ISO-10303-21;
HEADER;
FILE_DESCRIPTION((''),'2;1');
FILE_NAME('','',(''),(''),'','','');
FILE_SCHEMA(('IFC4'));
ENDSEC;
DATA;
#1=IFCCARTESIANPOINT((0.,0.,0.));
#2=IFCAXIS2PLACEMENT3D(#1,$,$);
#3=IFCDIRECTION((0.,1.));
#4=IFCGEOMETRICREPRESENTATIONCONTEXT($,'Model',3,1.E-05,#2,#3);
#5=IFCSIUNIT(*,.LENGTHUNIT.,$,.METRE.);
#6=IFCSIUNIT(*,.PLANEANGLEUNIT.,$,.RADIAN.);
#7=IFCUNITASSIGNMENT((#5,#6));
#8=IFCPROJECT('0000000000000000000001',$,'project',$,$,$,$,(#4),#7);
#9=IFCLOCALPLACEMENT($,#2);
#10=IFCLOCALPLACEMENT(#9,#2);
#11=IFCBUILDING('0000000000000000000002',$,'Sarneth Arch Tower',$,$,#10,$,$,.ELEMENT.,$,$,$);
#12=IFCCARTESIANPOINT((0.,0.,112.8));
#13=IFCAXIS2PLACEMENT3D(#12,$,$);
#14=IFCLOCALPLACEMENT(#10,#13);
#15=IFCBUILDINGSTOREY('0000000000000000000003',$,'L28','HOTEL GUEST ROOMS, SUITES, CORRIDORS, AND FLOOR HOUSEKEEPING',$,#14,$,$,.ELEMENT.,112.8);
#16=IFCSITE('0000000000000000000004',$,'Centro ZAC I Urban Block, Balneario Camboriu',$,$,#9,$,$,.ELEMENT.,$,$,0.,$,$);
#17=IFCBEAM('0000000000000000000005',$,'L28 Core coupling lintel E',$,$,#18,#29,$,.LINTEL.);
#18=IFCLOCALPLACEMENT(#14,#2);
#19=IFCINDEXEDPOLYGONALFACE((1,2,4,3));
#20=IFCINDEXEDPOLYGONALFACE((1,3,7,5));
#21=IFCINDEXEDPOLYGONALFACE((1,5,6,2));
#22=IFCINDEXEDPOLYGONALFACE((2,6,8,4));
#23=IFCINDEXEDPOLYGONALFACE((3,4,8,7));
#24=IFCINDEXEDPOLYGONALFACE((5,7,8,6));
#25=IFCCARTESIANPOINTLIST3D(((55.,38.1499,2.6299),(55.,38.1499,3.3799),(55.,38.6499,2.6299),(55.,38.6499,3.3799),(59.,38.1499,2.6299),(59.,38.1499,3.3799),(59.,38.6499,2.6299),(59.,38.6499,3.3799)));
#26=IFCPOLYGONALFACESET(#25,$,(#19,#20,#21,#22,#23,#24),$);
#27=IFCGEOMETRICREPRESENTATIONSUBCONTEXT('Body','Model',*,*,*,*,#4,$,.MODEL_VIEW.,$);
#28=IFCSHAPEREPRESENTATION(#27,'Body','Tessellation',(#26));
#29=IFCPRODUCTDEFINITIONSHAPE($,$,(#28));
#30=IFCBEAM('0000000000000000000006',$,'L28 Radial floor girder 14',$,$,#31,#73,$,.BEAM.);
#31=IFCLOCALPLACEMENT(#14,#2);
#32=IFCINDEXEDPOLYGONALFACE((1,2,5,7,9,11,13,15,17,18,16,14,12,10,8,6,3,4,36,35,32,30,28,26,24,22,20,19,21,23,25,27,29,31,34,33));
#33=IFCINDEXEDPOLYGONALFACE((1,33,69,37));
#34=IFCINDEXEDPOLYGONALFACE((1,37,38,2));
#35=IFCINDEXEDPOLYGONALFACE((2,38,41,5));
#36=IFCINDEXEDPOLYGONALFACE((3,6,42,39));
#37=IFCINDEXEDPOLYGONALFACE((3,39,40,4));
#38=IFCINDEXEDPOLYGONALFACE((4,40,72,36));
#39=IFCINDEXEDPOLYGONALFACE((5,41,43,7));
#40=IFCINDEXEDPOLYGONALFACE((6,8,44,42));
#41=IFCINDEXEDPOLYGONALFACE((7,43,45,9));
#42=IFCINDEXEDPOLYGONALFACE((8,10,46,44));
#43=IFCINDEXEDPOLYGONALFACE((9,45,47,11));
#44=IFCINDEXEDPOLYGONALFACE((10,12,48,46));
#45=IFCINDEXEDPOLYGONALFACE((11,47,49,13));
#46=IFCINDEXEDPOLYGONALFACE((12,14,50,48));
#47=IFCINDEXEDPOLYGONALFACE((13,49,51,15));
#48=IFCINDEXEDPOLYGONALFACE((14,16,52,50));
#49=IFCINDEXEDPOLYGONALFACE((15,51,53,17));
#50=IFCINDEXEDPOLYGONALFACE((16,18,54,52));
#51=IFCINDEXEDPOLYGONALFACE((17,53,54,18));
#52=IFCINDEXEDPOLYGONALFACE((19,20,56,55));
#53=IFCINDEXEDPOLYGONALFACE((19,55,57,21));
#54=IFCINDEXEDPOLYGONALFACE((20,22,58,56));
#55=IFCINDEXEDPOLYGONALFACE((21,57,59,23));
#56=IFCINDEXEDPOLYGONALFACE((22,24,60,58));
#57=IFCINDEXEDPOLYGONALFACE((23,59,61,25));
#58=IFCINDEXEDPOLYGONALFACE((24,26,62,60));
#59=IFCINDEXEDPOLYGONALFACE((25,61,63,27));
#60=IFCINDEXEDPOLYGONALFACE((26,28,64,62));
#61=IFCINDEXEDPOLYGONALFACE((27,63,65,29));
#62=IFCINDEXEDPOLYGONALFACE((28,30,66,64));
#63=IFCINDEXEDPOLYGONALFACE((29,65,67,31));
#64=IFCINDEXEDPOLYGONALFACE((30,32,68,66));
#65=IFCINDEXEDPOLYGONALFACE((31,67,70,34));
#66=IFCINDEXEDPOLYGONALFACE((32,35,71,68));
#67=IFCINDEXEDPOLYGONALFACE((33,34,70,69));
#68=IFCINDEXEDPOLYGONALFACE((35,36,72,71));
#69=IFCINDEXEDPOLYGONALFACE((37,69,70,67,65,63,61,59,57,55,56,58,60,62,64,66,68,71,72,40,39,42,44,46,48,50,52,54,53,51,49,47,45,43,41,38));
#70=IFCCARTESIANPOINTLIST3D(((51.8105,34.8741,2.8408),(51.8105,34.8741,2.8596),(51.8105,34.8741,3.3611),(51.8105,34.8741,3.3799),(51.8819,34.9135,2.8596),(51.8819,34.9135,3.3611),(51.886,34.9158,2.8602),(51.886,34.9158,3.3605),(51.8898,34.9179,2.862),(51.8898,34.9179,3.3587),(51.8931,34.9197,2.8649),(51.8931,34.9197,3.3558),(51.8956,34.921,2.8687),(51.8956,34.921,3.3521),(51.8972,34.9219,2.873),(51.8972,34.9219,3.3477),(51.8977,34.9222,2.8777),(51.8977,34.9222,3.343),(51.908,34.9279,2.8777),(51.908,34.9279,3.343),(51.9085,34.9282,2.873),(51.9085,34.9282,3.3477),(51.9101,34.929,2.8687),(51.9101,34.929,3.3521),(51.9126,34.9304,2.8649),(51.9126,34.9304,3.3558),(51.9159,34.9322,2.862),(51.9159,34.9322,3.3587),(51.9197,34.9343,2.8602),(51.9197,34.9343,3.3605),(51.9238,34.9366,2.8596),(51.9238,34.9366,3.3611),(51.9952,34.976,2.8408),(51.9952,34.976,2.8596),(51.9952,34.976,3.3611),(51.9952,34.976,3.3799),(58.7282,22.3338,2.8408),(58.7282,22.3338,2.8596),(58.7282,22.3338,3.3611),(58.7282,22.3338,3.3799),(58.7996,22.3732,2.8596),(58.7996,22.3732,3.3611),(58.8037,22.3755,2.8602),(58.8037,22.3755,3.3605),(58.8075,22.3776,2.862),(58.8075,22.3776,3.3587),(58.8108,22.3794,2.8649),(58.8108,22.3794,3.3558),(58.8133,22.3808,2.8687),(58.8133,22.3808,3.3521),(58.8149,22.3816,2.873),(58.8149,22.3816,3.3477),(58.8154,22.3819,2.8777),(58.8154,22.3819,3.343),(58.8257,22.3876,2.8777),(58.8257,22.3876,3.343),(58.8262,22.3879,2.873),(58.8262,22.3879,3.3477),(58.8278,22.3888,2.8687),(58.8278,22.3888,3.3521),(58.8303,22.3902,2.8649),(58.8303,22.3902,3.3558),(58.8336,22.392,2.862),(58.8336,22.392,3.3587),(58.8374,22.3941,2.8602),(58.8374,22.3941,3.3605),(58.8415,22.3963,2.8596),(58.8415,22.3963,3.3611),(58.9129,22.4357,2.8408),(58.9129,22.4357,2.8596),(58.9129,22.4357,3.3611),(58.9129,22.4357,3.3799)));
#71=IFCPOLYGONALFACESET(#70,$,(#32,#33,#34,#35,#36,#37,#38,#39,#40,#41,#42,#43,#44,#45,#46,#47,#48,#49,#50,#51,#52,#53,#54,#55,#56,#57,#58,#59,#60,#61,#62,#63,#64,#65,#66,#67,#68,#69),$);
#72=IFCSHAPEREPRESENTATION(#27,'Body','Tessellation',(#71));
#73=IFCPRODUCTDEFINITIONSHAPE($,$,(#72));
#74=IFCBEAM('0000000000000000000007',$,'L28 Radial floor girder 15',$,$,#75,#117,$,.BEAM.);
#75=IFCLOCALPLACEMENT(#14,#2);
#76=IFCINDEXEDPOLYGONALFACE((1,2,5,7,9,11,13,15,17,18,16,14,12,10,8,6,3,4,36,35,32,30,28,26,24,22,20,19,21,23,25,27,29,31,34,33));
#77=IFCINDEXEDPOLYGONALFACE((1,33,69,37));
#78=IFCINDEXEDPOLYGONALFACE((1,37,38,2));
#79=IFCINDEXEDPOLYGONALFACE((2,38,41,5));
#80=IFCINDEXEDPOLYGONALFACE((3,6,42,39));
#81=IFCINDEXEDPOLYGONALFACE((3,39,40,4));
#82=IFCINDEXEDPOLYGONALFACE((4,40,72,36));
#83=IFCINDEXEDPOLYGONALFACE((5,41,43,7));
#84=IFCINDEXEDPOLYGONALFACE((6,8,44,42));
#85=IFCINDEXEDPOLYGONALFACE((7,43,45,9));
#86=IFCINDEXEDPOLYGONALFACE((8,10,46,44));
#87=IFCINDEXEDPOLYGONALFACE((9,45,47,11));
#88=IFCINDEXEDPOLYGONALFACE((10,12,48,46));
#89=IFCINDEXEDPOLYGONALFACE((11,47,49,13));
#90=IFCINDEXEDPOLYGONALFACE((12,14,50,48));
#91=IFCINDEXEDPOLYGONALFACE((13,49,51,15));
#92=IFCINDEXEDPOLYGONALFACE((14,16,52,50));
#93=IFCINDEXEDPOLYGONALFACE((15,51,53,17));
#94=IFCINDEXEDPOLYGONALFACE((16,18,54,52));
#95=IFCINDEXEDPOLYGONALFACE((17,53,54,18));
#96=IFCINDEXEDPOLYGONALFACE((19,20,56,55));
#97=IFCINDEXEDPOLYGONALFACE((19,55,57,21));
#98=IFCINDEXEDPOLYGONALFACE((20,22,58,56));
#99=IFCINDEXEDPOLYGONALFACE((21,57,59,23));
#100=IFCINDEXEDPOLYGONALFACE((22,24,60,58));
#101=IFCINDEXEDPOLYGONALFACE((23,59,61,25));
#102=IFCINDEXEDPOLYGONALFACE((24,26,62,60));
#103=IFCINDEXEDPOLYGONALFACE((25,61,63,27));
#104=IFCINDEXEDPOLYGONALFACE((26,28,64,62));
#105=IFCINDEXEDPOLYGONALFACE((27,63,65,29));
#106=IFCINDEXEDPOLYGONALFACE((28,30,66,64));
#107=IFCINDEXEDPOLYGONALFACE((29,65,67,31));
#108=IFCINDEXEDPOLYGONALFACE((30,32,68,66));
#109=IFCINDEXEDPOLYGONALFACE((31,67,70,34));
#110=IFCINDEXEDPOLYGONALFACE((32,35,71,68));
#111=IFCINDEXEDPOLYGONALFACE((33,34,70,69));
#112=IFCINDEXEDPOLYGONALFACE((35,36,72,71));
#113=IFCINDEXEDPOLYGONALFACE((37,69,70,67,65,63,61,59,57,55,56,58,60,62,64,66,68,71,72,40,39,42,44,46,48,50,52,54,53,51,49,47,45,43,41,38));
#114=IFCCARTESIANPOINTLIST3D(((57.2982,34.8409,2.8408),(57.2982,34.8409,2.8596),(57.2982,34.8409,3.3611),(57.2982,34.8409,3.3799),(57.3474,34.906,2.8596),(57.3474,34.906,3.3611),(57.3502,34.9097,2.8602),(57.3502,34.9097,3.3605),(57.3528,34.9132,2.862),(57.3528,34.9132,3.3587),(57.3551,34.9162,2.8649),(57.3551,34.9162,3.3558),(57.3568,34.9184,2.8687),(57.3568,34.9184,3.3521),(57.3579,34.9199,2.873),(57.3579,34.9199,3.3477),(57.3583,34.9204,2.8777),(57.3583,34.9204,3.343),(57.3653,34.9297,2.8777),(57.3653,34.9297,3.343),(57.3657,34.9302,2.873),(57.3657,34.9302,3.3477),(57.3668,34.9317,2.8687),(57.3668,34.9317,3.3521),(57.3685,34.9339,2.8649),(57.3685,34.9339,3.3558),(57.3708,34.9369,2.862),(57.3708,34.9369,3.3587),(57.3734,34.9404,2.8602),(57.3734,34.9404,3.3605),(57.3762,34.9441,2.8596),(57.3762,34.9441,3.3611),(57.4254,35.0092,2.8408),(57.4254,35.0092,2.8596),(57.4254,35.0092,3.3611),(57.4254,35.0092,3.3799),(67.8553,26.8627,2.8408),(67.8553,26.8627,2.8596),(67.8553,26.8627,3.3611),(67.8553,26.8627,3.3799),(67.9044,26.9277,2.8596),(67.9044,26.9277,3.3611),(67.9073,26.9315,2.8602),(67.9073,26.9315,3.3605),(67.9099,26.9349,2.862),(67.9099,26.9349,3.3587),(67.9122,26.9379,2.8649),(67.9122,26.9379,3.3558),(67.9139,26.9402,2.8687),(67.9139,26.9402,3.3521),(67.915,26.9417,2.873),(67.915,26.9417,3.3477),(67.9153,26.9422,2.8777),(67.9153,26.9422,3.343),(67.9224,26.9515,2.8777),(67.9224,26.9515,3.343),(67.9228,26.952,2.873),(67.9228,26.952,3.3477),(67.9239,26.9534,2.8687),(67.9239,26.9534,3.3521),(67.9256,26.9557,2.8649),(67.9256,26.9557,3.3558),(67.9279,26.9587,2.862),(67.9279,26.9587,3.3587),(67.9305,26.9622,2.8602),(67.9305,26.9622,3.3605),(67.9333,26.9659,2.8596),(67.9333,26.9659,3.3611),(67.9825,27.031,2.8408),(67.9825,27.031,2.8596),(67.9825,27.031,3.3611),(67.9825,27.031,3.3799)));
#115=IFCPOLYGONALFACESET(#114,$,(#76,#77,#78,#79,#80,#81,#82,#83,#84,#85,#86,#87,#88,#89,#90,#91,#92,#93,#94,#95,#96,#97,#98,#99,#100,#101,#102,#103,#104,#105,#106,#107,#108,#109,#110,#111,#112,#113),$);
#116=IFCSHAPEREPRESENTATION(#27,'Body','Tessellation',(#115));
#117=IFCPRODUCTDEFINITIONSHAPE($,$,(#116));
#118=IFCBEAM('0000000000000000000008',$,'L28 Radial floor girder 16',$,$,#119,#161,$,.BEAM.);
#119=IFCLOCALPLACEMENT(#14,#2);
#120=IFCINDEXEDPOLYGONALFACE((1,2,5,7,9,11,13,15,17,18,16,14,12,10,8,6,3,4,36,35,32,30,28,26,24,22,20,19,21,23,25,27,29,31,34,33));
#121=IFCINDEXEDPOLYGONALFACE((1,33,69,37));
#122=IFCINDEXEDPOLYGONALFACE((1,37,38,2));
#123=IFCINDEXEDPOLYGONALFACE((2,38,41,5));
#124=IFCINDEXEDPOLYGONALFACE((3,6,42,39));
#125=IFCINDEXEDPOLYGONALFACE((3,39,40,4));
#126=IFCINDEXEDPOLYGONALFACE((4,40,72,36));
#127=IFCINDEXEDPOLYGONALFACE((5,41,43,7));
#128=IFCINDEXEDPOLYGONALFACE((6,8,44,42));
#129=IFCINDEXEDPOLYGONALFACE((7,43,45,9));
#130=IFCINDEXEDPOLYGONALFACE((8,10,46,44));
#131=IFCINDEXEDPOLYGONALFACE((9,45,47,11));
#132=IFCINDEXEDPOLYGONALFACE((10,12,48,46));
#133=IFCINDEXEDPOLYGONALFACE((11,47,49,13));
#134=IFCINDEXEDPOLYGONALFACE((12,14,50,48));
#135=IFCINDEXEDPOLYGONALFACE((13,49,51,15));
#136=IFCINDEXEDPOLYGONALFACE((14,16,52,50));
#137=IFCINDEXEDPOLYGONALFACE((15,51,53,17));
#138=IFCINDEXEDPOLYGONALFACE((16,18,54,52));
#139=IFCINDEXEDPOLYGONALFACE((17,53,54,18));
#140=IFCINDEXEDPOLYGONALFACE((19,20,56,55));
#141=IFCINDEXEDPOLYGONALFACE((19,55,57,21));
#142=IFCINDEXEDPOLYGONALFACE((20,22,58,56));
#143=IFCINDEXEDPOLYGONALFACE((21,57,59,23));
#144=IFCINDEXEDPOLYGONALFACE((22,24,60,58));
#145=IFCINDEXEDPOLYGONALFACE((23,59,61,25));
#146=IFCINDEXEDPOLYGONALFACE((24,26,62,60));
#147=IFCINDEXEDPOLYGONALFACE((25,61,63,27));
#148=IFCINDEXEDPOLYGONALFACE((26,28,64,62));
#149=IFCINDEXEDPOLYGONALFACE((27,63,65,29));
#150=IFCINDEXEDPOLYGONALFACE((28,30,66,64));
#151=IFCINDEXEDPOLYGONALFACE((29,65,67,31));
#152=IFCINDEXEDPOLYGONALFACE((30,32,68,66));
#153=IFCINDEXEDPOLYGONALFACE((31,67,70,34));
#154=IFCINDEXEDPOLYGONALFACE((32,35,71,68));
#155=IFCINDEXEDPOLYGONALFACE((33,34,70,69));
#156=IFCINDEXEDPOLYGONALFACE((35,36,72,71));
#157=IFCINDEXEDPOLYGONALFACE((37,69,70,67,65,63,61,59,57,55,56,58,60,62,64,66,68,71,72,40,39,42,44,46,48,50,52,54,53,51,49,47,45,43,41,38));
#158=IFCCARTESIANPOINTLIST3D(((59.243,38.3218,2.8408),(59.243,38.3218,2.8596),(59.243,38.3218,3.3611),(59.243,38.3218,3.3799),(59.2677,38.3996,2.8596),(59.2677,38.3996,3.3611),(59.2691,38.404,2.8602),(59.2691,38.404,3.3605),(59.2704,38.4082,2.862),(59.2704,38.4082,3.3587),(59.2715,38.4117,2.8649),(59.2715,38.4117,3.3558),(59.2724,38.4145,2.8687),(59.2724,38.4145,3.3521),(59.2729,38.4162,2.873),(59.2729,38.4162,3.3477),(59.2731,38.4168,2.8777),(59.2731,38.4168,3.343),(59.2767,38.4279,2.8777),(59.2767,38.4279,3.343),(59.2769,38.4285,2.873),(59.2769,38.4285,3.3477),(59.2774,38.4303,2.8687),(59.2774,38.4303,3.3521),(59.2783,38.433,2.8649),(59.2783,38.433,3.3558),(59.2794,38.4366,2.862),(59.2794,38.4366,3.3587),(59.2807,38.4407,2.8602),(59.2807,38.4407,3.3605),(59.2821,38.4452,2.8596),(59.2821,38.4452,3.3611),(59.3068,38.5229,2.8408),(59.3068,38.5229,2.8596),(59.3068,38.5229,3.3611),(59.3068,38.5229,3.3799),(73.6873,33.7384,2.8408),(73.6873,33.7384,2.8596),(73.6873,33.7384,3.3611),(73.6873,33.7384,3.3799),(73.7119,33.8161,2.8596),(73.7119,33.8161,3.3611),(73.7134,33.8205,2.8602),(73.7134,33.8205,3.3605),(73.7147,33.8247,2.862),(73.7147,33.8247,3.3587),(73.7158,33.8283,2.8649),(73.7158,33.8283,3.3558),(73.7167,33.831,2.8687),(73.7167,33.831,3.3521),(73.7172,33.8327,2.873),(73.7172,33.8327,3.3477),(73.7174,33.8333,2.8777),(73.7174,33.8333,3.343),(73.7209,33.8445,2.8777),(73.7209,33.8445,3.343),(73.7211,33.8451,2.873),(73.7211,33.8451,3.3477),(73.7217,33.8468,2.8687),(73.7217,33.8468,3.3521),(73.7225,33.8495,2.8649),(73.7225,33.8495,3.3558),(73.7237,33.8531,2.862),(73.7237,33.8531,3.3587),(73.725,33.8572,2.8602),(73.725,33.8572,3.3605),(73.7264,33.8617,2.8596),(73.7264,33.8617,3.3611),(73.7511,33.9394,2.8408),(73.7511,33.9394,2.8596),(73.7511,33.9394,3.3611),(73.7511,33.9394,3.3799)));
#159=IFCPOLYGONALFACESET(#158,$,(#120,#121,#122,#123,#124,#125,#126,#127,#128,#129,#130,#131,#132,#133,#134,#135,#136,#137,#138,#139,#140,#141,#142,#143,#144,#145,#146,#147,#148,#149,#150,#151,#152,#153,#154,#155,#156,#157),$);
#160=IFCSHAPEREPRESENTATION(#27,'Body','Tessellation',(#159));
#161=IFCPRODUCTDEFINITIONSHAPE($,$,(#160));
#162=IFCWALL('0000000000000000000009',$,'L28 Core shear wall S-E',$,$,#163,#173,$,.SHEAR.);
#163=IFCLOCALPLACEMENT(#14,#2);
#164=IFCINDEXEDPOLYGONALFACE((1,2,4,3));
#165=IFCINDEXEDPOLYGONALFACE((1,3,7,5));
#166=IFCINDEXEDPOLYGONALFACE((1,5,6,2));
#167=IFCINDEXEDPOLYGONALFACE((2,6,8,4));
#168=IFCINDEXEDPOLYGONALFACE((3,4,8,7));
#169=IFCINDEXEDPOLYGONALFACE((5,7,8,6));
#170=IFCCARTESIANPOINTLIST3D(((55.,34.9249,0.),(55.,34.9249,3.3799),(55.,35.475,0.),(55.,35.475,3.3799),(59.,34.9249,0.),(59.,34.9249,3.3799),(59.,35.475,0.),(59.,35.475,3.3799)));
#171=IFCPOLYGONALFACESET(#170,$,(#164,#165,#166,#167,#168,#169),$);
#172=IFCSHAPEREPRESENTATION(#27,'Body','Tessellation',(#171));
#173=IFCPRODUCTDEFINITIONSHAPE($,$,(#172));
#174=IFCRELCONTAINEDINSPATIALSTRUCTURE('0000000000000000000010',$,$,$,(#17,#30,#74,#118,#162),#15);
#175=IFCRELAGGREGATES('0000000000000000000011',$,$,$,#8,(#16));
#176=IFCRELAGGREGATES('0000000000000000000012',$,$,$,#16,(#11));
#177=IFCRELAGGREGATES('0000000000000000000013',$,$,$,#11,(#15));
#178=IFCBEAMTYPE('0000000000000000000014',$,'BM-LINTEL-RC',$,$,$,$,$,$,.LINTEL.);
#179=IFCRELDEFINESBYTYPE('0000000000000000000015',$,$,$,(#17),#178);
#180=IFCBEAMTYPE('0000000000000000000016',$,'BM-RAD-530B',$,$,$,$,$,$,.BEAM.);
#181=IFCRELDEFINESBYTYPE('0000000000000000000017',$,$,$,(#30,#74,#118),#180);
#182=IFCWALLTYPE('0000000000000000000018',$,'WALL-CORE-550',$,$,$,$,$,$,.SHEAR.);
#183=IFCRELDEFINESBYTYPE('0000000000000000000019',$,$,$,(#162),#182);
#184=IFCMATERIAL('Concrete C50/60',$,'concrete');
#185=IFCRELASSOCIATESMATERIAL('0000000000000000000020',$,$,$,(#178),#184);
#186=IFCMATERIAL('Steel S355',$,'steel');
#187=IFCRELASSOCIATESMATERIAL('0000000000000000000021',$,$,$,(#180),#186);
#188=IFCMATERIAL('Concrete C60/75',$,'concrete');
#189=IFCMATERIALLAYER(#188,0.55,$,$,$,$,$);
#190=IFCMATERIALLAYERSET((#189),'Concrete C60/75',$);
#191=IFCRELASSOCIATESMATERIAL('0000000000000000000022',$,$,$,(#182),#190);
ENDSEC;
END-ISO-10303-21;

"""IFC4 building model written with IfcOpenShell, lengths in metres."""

from ifc_helpers import new_model, si_unit, direction, frame, frame_2d, origin, origin_2d, place, context, subcontext, project, spatial, rectangle, i_section, extrude, material, layer, layer_set, material_profile, profile_set, type_object, element, save


model = new_model("IFC4")

# Units and contexts
model_context = context("Model", 3, precision=1e-05, world=origin(), true_north=direction((0.0, 1.0)))
body_context = subcontext(model_context, "Body", "Model", "MODEL_VIEW")
ifc_project = project(units=[si_unit("LENGTHUNIT", "METRE"), si_unit("PLANEANGLEUNIT", "RADIAN")], contexts=[model_context])

# Site, building, storey
site_placement = place(None, origin())
site = spatial("IfcSite", under=ifc_project, at=site_placement, Name="Centro ZAC I Urban Block, Balneario Camboriu", CompositionType="ELEMENT", RefElevation=0.0)
building_placement = place(site_placement, origin())
building = spatial("IfcBuilding", under=site, at=building_placement, Name="Sarneth Arch Tower", CompositionType="ELEMENT")
storey_placement = place(building_placement, frame((0.0, 0.0, 112.8)))
storey = spatial("IfcBuildingStorey", under=building, at=storey_placement, Name="L28", Description="HOTEL GUEST ROOMS, SUITES, CORRIDORS, AND FLOOR HOUSEKEEPING", CompositionType="ELEMENT", Elevation=112.8)

# Beams
ifc_material_1 = material(Name="Concrete C50/60", Category="concrete")
ifc_material_profile_1 = material_profile(ifc_material_1, rectangle(XDim=0.5, YDim=0.75, at=origin_2d()), Name="RC-500x750")
ifc_profile_set_1 = profile_set([ifc_material_profile_1], Name="Concrete C50/60")
beam_type_1 = type_object("IfcBeamType", Name="BM-LINTEL-RC", PredefinedType="LINTEL", material=ifc_profile_set_1)
beam_1_placement = place(storey_placement, frame((55.0, 38.3999, 3.0049), z_axis=(1.0, 0.0, 0.0), x_axis=(0.0, 1.0, 0.0)))
element("IfcBeam", 1, at=beam_1_placement, inside=storey, type_object=beam_type_1, Name="L28 Core coupling lintel E", PredefinedType="LINTEL", context=body_context, shape_type="SweptSolid", body=[
    extrude(rectangle(XDim=0.5, YDim=0.75, at=origin_2d()), origin(), (0.0, 0.0, 1.0), 4.0),
])
ifc_material_2 = material(Name="Steel S355", Category="steel")
ifc_material_profile_2 = material_profile(ifc_material_2, i_section(OverallWidth=0.2109, OverallDepth=0.5391, WebThickness=0.0117, FlangeThickness=0.0188, FilletRadius=0.0181, at=origin_2d()), Name="W530x109")
ifc_profile_set_2 = profile_set([ifc_material_profile_2], Name="Steel S355")
beam_type_2 = type_object("IfcBeamType", Name="BM-RAD-530B", PredefinedType="BEAM", material=ifc_profile_set_2)
beam_2_placement = place(storey_placement, frame((51.9028, 34.925, 3.1104), z_axis=(0.483021, -0.875609, 0.0), x_axis=(0.875609, 0.483021, 0.0)))
element("IfcBeam", 2, at=beam_2_placement, inside=storey, type_object=beam_type_2, Name="L28 Radial floor girder 14", PredefinedType="BEAM", context=body_context, shape_type="SweptSolid", body=[
    extrude(i_section(OverallWidth=0.2109, OverallDepth=0.5391, WebThickness=0.0117, FlangeThickness=0.0188, FilletRadius=0.0181, at=origin_2d()), origin(), (0.0, 0.0, 1.0), 14.3218),
])
beam_3_placement = place(storey_placement, frame((57.3618, 34.925, 3.1104), z_axis=(0.797803, -0.602918, 0.0), x_axis=(0.602918, 0.797803, 0.0)))
element("IfcBeam", 3, at=beam_3_placement, inside=storey, type_object=beam_type_2, Name="L28 Radial floor girder 15", PredefinedType="BEAM", context=body_context, shape_type="SweptSolid", body=[
    extrude(i_section(OverallWidth=0.2109, OverallDepth=0.5391, WebThickness=0.0117, FlangeThickness=0.0188, FilletRadius=0.0181, at=origin_2d()), origin(), (0.0, 0.0, 1.0), 13.2327),
])
beam_4_placement = place(storey_placement, frame((59.2749, 38.4224, 3.1104), z_axis=(0.953162, -0.302459, 0.0), x_axis=(0.302459, 0.953162, 0.0)))
element("IfcBeam", 4, at=beam_4_placement, inside=storey, type_object=beam_type_2, Name="L28 Radial floor girder 16", PredefinedType="BEAM", context=body_context, shape_type="SweptSolid", body=[
    extrude(i_section(OverallWidth=0.2109, OverallDepth=0.5391, WebThickness=0.0117, FlangeThickness=0.0188, FilletRadius=0.0181, at=origin_2d()), origin(), (0.0, 0.0, 1.0), 15.1541),
])

# Wall
ifc_material_3 = material(Name="Concrete C60/75", Category="concrete")
ifc_layer_1 = layer(ifc_material_3, 0.55)
ifc_layer_set_1 = layer_set([ifc_layer_1], Name="Concrete C60/75")
wall_type_1 = type_object("IfcWallType", Name="WALL-CORE-550", PredefinedType="SHEAR", material=ifc_layer_set_1)
wall_1_placement = place(storey_placement, frame((55.0, 35.2, 0.0), z_axis=(0.0, 0.0, 1.0), x_axis=(1.0, 0.0, 0.0)))
element("IfcWall", 5, at=wall_1_placement, inside=storey, type_object=wall_type_1, Name="L28 Core shear wall S-E", PredefinedType="SHEAR", context=body_context, shape_type="SweptSolid", body=[
    extrude(rectangle(XDim=4.0, YDim=0.55, at=frame_2d((2.0, 0.0))), origin(), (0.0, 0.0, 1.0), 3.3799),
])

save(model, "model.ifc")
